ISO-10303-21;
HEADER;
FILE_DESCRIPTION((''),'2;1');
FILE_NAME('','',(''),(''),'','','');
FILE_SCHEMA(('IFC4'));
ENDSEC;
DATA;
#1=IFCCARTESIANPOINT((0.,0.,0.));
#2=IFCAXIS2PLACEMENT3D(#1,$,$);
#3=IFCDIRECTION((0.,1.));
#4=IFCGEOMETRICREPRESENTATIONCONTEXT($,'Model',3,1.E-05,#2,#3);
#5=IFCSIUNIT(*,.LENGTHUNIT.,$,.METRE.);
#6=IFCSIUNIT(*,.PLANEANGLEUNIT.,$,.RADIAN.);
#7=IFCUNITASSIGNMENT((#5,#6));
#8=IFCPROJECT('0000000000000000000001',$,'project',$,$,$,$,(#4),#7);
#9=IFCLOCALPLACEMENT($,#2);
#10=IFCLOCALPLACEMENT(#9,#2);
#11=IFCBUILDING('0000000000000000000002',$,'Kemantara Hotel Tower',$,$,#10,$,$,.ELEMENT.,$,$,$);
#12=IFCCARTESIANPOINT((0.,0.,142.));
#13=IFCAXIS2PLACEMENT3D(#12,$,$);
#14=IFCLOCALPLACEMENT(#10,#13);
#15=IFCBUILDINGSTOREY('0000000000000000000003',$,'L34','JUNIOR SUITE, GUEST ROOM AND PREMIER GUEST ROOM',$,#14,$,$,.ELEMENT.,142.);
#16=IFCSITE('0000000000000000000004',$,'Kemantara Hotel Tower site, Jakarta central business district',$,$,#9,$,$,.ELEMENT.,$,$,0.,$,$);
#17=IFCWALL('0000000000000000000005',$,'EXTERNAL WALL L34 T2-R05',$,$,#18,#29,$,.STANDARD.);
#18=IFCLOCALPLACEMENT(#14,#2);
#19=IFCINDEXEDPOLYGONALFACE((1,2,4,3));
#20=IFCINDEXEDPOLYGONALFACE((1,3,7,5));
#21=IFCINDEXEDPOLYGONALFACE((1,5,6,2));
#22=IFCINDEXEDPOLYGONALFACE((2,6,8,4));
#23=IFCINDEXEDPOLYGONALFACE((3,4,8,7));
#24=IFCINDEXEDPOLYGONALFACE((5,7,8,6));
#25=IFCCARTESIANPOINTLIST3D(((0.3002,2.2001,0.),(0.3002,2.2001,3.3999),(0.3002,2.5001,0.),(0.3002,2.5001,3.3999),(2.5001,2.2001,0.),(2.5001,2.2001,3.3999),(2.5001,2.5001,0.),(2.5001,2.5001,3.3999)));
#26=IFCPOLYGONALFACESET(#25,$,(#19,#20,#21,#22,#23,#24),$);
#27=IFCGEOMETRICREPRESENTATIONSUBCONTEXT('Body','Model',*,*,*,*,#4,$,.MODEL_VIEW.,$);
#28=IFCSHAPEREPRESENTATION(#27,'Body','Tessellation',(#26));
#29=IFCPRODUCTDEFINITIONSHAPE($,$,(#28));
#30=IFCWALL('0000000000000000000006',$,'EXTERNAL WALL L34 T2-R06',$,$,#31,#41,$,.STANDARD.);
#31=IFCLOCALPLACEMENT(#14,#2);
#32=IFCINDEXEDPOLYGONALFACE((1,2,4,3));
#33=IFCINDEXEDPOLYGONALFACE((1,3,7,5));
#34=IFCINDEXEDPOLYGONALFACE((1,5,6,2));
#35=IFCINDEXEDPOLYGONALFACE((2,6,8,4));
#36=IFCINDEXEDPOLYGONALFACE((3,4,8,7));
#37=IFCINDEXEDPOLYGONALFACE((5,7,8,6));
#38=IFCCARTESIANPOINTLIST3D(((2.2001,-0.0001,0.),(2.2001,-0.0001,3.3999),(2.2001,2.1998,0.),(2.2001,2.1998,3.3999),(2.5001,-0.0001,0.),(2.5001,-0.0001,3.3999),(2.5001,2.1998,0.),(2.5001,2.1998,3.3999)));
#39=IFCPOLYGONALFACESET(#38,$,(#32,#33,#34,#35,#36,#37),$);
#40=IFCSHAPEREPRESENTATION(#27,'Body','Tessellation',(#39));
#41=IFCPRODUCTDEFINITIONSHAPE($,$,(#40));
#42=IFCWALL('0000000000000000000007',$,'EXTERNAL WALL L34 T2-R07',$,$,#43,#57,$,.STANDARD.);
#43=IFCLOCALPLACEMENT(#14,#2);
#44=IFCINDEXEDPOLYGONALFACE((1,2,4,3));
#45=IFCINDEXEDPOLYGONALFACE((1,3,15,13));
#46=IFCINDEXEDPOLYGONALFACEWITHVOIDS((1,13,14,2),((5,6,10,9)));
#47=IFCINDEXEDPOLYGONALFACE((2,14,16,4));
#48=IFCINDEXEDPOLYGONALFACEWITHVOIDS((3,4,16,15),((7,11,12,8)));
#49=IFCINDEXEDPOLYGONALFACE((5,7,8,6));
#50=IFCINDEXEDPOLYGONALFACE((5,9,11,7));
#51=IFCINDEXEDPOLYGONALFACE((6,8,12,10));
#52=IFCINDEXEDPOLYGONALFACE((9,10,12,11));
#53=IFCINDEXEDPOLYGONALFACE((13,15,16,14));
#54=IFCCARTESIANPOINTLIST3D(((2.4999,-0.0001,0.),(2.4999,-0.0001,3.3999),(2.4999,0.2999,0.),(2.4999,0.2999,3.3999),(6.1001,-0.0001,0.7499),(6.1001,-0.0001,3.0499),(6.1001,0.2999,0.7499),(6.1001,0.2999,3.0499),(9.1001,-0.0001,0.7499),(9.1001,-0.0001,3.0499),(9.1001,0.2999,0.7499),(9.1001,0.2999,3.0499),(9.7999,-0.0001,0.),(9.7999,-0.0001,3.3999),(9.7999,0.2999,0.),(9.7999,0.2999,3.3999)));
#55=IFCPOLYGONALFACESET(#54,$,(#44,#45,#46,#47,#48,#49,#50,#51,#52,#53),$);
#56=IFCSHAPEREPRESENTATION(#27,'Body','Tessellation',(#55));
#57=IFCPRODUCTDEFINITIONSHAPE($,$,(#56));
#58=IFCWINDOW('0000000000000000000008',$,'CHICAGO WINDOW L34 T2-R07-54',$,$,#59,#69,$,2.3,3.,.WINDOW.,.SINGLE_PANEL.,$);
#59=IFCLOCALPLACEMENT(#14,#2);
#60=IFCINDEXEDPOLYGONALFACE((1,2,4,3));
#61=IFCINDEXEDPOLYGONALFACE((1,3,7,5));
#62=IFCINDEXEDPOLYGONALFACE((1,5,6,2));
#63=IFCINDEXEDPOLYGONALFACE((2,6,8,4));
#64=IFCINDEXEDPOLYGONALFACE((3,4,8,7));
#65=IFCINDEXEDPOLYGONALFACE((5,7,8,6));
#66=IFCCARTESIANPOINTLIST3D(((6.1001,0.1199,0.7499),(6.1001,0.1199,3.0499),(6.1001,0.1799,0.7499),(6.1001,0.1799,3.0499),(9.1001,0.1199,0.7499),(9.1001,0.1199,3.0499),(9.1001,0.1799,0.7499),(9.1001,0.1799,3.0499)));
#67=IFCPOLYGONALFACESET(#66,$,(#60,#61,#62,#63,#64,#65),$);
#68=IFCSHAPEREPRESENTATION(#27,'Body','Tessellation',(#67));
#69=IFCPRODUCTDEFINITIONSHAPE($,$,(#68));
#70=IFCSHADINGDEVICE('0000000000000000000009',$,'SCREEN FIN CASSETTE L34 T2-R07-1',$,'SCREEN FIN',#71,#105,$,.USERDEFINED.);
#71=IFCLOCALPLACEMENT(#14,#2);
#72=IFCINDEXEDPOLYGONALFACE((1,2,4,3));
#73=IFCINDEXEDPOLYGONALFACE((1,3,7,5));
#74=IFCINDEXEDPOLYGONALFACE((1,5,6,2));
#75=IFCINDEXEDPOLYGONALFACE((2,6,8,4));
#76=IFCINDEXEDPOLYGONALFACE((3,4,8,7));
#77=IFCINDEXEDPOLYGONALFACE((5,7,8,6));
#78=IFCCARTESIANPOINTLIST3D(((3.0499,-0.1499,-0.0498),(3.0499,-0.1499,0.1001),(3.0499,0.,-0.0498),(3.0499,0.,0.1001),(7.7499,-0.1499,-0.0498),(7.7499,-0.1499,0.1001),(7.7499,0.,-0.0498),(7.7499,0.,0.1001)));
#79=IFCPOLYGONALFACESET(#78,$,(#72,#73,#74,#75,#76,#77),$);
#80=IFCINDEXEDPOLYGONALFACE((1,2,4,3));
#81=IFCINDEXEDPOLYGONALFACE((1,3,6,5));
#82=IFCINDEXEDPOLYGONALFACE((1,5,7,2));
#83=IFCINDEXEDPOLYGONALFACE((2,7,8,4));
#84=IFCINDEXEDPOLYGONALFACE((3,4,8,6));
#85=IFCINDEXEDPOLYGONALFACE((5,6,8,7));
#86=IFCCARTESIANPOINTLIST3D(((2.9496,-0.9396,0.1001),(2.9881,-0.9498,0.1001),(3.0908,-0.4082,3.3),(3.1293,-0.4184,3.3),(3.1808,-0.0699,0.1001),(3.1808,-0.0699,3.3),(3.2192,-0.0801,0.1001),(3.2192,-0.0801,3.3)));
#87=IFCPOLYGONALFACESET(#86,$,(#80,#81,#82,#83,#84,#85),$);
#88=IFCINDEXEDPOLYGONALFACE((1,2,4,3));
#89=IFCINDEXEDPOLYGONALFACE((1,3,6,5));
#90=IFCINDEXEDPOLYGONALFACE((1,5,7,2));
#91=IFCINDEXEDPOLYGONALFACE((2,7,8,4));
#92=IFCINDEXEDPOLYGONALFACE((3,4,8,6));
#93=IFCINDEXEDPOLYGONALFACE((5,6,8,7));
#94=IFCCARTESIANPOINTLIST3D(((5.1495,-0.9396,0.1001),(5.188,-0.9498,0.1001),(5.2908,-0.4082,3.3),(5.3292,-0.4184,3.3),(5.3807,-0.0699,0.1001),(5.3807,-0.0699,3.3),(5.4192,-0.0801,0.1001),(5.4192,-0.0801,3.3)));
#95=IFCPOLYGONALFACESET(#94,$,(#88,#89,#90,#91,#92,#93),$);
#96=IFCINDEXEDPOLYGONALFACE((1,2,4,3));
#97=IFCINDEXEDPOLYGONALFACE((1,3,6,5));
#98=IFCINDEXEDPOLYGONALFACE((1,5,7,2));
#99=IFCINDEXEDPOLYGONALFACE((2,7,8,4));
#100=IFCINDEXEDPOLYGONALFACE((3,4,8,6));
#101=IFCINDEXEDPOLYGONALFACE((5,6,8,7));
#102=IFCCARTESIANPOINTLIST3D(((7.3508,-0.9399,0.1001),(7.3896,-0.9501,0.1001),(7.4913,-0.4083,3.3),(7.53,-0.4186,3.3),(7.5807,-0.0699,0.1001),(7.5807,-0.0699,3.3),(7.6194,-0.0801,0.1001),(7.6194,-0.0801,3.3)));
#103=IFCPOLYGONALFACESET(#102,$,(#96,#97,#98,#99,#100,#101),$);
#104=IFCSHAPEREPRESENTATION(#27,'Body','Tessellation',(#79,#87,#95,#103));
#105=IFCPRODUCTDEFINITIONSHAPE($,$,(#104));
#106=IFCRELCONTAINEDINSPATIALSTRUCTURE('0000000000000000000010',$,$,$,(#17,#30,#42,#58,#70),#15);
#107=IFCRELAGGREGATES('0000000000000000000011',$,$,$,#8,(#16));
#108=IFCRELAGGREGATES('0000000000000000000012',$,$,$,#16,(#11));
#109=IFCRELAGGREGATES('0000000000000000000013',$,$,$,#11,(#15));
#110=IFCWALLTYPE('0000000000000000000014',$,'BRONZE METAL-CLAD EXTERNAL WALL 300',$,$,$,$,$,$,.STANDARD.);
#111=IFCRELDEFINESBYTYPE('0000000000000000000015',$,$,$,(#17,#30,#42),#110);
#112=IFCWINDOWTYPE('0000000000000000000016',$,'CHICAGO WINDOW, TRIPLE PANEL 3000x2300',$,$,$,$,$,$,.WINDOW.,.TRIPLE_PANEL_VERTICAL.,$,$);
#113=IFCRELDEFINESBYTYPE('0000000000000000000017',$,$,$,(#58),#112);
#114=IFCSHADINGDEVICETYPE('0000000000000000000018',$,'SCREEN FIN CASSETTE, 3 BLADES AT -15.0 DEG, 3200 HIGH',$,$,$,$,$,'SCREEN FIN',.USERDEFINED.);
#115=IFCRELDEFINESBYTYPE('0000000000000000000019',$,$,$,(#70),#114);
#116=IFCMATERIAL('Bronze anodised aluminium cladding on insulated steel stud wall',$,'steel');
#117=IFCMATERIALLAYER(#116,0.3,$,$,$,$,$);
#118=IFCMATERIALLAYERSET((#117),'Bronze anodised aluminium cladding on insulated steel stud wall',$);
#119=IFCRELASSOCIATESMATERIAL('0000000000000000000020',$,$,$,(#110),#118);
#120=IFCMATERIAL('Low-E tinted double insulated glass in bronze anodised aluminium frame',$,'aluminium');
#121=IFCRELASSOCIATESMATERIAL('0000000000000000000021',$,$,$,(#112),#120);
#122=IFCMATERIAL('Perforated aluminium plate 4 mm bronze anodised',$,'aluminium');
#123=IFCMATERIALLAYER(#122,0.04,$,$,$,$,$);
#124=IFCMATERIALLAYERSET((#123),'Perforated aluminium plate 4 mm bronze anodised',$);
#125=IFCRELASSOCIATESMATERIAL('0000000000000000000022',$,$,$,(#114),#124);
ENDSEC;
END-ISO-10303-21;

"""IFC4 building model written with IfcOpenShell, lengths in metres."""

from ifc_helpers import new_model, si_unit, direction, frame, frame_2d, origin, origin_2d, place, context, subcontext, project, spatial, polyline, rectangle, outline, extrude, source, transform, mapped, material, layer, layer_set, type_object, element, fill, save


model = new_model("IFC4")

# Units and contexts
model_context = context("Model", 3, precision=1e-05, world=origin(), true_north=direction((0.0, 1.0)))
body_context = subcontext(model_context, "Body", "Model", "MODEL_VIEW")
ifc_project = project(units=[si_unit("LENGTHUNIT", "METRE"), si_unit("PLANEANGLEUNIT", "RADIAN")], contexts=[model_context])

# Site, building, storey
site_placement = place(None, origin())
site = spatial("IfcSite", under=ifc_project, at=site_placement, Name="Kemantara Hotel Tower site, Jakarta central business district", CompositionType="ELEMENT", RefElevation=0.0)
building_placement = place(site_placement, origin())
building = spatial("IfcBuilding", under=site, at=building_placement, Name="Kemantara Hotel Tower", CompositionType="ELEMENT")
storey_placement = place(building_placement, frame((0.0, 0.0, 142.0)))
storey = spatial("IfcBuildingStorey", under=building, at=storey_placement, Name="L34", Description="JUNIOR SUITE, GUEST ROOM AND PREMIER GUEST ROOM", CompositionType="ELEMENT", Elevation=142.0)

# Walls
ifc_material_1 = material(Name="Bronze anodised aluminium cladding on insulated steel stud wall", Category="steel")
ifc_layer_1 = layer(ifc_material_1, 0.3)
ifc_layer_set_1 = layer_set([ifc_layer_1], Name="Bronze anodised aluminium cladding on insulated steel stud wall")
wall_type = type_object("IfcWallType", Name="BRONZE METAL-CLAD EXTERNAL WALL 300", PredefinedType="STANDARD", material=ifc_layer_set_1)
for number, where, z_axis, x_axis, name in (
    (1, (0.3, 2.3501, 0.0), (0.0, 0.0, 1.0), (1.0, 0.0, 0.0), "EXTERNAL WALL L34 T2-R05"),
    (2, (2.3501, 2.2, 0.0), (0.0, 0.0, 1.0), (0.0, -1.0, 0.0), "EXTERNAL WALL L34 T2-R06"),
):
    element("IfcWall", number, at=place(storey_placement, frame(where, z_axis=z_axis, x_axis=x_axis)), inside=storey, type_object=wall_type, Name=name, PredefinedType="STANDARD", context=body_context, shape_type="SweptSolid", body=[
        extrude(rectangle(XDim=2.2, YDim=0.3, at=frame_2d((1.1001, 0.0))), origin(), (0.0, 0.0, 1.0), 3.3999),
    ])

# Wall, opening, window
wall_placement = place(storey_placement, frame((2.5, 0.1499, 0.0), z_axis=(0.0, 0.0, 1.0), x_axis=(1.0, 0.0, 0.0)))
wall = element("IfcWall", 3, at=wall_placement, inside=storey, type_object=wall_type, Name="EXTERNAL WALL L34 T2-R07", PredefinedType="STANDARD", context=body_context, shape_type="SweptSolid", body=[
    extrude(rectangle(XDim=7.3, YDim=0.3, at=frame_2d((3.6499, 0.0))), origin(), (0.0, 0.0, 1.0), 3.3999),
])
opening_placement = place(wall_placement, frame((3.6001, 0.0, 0.75)))
opening = element("IfcOpeningElement", 4, at=opening_placement, cuts=wall, PredefinedType="OPENING", context=body_context, shape_type="SweptSolid", body=[
    extrude(rectangle(XDim=3.0, YDim=2.3, at=frame_2d((1.5, 1.1499))), frame((0.0, 0.1599, 0.0), z_axis=(0.0, -1.0, 0.0), x_axis=(1.0, 0.0, 0.0)), (0.0, 0.0, 1.0), 0.3201),
])
ifc_material_2 = material(Name="Low-E tinted double insulated glass in bronze anodised aluminium frame", Category="aluminium")
window_type = type_object("IfcWindowType", Name="CHICAGO WINDOW, TRIPLE PANEL 3000x2300", PartitioningType="TRIPLE_PANEL_VERTICAL", PredefinedType="WINDOW", material=ifc_material_2)
window_placement = place(opening_placement, origin())
window = element("IfcWindow", 5, at=window_placement, inside=storey, type_object=window_type, Name="CHICAGO WINDOW L34 T2-R07-54", OverallHeight=2.3, OverallWidth=3.0, PartitioningType="SINGLE_PANEL", PredefinedType="WINDOW", context=body_context, shape_type="SweptSolid", body=[
    extrude(rectangle(XDim=3.0, YDim=2.3, at=frame_2d((1.5, 1.1499))), frame((0.0, 0.03, 0.0), z_axis=(0.0, -1.0, 0.0), x_axis=(1.0, 0.0, 0.0)), (0.0, 0.0, 1.0), 0.0601),
])
fill(opening, window)

# Shading device
ifc_material_3 = material(Name="Perforated aluminium plate 4 mm bronze anodised", Category="aluminium")
ifc_layer_2 = layer(ifc_material_3, 0.04)
ifc_layer_set_2 = layer_set([ifc_layer_2], Name="Perforated aluminium plate 4 mm bronze anodised")
shading_device_type = type_object("IfcShadingDeviceType", Name="SCREEN FIN CASSETTE, 3 BLADES AT -15.0 DEG, 3200 HIGH", ElementType="SCREEN FIN", PredefinedType="USERDEFINED", material=ifc_layer_set_2)
shared_shape = source(origin(), body_context, "Body", "SweptSolid", [
    extrude(rectangle(XDim=4.7, YDim=0.1499, at=origin_2d()), frame((2.2, -0.075, -0.1499), z_axis=(0.0, 0.0, 1.0), x_axis=(1.0, 0.0, 0.0)), (0.0, 0.0, 1.0), 0.1499),
    extrude(outline(polyline([(0.0, 0.0), (0.8999, 0.0), (0.3501, 3.2), (0.0, 3.2), (0.0, 0.0)])), frame((0.0193, -0.0801, 0.0), z_axis=(-0.966438, 0.256901, 0.0), x_axis=(-0.256901, -0.966438, 0.0)), (0.0, 0.0, 1.0), 0.0398),
    extrude(outline(polyline([(0.0, 0.0), (0.8999, 0.0), (0.3501, 3.2), (0.0, 3.2), (0.0, 0.0)])), frame((2.2192, -0.0801, 0.0), z_axis=(-0.966438, 0.256901, 0.0), x_axis=(-0.256901, -0.966438, 0.0)), (0.0, 0.0, 1.0), 0.0398),
    extrude(outline(polyline([(0.0, 0.0), (0.8999, 0.0), (0.3501, 3.2), (0.0, 3.2), (0.0, 0.0)])), frame((4.4194, -0.0801, 0.0), z_axis=(-0.966838, 0.255391, 0.0), x_axis=(-0.255391, -0.966838, 0.0)), (0.0, 0.0, 1.0), 0.04),
])
shading_device_placement = place(storey_placement, frame((3.2, 0.0, 0.1001), z_axis=(0.0, 0.0, 1.0), x_axis=(1.0, 0.0, 0.0)))
element("IfcShadingDevice", 6, at=shading_device_placement, inside=storey, type_object=shading_device_type, Name="SCREEN FIN CASSETTE L34 T2-R07-1", ObjectType="SCREEN FIN", PredefinedType="USERDEFINED", context=body_context, shape_type="MappedRepresentation", body=[
    mapped(shared_shape, transform((0.0, 0.0, 0.0))),
])

save(model, "model.ifc")
